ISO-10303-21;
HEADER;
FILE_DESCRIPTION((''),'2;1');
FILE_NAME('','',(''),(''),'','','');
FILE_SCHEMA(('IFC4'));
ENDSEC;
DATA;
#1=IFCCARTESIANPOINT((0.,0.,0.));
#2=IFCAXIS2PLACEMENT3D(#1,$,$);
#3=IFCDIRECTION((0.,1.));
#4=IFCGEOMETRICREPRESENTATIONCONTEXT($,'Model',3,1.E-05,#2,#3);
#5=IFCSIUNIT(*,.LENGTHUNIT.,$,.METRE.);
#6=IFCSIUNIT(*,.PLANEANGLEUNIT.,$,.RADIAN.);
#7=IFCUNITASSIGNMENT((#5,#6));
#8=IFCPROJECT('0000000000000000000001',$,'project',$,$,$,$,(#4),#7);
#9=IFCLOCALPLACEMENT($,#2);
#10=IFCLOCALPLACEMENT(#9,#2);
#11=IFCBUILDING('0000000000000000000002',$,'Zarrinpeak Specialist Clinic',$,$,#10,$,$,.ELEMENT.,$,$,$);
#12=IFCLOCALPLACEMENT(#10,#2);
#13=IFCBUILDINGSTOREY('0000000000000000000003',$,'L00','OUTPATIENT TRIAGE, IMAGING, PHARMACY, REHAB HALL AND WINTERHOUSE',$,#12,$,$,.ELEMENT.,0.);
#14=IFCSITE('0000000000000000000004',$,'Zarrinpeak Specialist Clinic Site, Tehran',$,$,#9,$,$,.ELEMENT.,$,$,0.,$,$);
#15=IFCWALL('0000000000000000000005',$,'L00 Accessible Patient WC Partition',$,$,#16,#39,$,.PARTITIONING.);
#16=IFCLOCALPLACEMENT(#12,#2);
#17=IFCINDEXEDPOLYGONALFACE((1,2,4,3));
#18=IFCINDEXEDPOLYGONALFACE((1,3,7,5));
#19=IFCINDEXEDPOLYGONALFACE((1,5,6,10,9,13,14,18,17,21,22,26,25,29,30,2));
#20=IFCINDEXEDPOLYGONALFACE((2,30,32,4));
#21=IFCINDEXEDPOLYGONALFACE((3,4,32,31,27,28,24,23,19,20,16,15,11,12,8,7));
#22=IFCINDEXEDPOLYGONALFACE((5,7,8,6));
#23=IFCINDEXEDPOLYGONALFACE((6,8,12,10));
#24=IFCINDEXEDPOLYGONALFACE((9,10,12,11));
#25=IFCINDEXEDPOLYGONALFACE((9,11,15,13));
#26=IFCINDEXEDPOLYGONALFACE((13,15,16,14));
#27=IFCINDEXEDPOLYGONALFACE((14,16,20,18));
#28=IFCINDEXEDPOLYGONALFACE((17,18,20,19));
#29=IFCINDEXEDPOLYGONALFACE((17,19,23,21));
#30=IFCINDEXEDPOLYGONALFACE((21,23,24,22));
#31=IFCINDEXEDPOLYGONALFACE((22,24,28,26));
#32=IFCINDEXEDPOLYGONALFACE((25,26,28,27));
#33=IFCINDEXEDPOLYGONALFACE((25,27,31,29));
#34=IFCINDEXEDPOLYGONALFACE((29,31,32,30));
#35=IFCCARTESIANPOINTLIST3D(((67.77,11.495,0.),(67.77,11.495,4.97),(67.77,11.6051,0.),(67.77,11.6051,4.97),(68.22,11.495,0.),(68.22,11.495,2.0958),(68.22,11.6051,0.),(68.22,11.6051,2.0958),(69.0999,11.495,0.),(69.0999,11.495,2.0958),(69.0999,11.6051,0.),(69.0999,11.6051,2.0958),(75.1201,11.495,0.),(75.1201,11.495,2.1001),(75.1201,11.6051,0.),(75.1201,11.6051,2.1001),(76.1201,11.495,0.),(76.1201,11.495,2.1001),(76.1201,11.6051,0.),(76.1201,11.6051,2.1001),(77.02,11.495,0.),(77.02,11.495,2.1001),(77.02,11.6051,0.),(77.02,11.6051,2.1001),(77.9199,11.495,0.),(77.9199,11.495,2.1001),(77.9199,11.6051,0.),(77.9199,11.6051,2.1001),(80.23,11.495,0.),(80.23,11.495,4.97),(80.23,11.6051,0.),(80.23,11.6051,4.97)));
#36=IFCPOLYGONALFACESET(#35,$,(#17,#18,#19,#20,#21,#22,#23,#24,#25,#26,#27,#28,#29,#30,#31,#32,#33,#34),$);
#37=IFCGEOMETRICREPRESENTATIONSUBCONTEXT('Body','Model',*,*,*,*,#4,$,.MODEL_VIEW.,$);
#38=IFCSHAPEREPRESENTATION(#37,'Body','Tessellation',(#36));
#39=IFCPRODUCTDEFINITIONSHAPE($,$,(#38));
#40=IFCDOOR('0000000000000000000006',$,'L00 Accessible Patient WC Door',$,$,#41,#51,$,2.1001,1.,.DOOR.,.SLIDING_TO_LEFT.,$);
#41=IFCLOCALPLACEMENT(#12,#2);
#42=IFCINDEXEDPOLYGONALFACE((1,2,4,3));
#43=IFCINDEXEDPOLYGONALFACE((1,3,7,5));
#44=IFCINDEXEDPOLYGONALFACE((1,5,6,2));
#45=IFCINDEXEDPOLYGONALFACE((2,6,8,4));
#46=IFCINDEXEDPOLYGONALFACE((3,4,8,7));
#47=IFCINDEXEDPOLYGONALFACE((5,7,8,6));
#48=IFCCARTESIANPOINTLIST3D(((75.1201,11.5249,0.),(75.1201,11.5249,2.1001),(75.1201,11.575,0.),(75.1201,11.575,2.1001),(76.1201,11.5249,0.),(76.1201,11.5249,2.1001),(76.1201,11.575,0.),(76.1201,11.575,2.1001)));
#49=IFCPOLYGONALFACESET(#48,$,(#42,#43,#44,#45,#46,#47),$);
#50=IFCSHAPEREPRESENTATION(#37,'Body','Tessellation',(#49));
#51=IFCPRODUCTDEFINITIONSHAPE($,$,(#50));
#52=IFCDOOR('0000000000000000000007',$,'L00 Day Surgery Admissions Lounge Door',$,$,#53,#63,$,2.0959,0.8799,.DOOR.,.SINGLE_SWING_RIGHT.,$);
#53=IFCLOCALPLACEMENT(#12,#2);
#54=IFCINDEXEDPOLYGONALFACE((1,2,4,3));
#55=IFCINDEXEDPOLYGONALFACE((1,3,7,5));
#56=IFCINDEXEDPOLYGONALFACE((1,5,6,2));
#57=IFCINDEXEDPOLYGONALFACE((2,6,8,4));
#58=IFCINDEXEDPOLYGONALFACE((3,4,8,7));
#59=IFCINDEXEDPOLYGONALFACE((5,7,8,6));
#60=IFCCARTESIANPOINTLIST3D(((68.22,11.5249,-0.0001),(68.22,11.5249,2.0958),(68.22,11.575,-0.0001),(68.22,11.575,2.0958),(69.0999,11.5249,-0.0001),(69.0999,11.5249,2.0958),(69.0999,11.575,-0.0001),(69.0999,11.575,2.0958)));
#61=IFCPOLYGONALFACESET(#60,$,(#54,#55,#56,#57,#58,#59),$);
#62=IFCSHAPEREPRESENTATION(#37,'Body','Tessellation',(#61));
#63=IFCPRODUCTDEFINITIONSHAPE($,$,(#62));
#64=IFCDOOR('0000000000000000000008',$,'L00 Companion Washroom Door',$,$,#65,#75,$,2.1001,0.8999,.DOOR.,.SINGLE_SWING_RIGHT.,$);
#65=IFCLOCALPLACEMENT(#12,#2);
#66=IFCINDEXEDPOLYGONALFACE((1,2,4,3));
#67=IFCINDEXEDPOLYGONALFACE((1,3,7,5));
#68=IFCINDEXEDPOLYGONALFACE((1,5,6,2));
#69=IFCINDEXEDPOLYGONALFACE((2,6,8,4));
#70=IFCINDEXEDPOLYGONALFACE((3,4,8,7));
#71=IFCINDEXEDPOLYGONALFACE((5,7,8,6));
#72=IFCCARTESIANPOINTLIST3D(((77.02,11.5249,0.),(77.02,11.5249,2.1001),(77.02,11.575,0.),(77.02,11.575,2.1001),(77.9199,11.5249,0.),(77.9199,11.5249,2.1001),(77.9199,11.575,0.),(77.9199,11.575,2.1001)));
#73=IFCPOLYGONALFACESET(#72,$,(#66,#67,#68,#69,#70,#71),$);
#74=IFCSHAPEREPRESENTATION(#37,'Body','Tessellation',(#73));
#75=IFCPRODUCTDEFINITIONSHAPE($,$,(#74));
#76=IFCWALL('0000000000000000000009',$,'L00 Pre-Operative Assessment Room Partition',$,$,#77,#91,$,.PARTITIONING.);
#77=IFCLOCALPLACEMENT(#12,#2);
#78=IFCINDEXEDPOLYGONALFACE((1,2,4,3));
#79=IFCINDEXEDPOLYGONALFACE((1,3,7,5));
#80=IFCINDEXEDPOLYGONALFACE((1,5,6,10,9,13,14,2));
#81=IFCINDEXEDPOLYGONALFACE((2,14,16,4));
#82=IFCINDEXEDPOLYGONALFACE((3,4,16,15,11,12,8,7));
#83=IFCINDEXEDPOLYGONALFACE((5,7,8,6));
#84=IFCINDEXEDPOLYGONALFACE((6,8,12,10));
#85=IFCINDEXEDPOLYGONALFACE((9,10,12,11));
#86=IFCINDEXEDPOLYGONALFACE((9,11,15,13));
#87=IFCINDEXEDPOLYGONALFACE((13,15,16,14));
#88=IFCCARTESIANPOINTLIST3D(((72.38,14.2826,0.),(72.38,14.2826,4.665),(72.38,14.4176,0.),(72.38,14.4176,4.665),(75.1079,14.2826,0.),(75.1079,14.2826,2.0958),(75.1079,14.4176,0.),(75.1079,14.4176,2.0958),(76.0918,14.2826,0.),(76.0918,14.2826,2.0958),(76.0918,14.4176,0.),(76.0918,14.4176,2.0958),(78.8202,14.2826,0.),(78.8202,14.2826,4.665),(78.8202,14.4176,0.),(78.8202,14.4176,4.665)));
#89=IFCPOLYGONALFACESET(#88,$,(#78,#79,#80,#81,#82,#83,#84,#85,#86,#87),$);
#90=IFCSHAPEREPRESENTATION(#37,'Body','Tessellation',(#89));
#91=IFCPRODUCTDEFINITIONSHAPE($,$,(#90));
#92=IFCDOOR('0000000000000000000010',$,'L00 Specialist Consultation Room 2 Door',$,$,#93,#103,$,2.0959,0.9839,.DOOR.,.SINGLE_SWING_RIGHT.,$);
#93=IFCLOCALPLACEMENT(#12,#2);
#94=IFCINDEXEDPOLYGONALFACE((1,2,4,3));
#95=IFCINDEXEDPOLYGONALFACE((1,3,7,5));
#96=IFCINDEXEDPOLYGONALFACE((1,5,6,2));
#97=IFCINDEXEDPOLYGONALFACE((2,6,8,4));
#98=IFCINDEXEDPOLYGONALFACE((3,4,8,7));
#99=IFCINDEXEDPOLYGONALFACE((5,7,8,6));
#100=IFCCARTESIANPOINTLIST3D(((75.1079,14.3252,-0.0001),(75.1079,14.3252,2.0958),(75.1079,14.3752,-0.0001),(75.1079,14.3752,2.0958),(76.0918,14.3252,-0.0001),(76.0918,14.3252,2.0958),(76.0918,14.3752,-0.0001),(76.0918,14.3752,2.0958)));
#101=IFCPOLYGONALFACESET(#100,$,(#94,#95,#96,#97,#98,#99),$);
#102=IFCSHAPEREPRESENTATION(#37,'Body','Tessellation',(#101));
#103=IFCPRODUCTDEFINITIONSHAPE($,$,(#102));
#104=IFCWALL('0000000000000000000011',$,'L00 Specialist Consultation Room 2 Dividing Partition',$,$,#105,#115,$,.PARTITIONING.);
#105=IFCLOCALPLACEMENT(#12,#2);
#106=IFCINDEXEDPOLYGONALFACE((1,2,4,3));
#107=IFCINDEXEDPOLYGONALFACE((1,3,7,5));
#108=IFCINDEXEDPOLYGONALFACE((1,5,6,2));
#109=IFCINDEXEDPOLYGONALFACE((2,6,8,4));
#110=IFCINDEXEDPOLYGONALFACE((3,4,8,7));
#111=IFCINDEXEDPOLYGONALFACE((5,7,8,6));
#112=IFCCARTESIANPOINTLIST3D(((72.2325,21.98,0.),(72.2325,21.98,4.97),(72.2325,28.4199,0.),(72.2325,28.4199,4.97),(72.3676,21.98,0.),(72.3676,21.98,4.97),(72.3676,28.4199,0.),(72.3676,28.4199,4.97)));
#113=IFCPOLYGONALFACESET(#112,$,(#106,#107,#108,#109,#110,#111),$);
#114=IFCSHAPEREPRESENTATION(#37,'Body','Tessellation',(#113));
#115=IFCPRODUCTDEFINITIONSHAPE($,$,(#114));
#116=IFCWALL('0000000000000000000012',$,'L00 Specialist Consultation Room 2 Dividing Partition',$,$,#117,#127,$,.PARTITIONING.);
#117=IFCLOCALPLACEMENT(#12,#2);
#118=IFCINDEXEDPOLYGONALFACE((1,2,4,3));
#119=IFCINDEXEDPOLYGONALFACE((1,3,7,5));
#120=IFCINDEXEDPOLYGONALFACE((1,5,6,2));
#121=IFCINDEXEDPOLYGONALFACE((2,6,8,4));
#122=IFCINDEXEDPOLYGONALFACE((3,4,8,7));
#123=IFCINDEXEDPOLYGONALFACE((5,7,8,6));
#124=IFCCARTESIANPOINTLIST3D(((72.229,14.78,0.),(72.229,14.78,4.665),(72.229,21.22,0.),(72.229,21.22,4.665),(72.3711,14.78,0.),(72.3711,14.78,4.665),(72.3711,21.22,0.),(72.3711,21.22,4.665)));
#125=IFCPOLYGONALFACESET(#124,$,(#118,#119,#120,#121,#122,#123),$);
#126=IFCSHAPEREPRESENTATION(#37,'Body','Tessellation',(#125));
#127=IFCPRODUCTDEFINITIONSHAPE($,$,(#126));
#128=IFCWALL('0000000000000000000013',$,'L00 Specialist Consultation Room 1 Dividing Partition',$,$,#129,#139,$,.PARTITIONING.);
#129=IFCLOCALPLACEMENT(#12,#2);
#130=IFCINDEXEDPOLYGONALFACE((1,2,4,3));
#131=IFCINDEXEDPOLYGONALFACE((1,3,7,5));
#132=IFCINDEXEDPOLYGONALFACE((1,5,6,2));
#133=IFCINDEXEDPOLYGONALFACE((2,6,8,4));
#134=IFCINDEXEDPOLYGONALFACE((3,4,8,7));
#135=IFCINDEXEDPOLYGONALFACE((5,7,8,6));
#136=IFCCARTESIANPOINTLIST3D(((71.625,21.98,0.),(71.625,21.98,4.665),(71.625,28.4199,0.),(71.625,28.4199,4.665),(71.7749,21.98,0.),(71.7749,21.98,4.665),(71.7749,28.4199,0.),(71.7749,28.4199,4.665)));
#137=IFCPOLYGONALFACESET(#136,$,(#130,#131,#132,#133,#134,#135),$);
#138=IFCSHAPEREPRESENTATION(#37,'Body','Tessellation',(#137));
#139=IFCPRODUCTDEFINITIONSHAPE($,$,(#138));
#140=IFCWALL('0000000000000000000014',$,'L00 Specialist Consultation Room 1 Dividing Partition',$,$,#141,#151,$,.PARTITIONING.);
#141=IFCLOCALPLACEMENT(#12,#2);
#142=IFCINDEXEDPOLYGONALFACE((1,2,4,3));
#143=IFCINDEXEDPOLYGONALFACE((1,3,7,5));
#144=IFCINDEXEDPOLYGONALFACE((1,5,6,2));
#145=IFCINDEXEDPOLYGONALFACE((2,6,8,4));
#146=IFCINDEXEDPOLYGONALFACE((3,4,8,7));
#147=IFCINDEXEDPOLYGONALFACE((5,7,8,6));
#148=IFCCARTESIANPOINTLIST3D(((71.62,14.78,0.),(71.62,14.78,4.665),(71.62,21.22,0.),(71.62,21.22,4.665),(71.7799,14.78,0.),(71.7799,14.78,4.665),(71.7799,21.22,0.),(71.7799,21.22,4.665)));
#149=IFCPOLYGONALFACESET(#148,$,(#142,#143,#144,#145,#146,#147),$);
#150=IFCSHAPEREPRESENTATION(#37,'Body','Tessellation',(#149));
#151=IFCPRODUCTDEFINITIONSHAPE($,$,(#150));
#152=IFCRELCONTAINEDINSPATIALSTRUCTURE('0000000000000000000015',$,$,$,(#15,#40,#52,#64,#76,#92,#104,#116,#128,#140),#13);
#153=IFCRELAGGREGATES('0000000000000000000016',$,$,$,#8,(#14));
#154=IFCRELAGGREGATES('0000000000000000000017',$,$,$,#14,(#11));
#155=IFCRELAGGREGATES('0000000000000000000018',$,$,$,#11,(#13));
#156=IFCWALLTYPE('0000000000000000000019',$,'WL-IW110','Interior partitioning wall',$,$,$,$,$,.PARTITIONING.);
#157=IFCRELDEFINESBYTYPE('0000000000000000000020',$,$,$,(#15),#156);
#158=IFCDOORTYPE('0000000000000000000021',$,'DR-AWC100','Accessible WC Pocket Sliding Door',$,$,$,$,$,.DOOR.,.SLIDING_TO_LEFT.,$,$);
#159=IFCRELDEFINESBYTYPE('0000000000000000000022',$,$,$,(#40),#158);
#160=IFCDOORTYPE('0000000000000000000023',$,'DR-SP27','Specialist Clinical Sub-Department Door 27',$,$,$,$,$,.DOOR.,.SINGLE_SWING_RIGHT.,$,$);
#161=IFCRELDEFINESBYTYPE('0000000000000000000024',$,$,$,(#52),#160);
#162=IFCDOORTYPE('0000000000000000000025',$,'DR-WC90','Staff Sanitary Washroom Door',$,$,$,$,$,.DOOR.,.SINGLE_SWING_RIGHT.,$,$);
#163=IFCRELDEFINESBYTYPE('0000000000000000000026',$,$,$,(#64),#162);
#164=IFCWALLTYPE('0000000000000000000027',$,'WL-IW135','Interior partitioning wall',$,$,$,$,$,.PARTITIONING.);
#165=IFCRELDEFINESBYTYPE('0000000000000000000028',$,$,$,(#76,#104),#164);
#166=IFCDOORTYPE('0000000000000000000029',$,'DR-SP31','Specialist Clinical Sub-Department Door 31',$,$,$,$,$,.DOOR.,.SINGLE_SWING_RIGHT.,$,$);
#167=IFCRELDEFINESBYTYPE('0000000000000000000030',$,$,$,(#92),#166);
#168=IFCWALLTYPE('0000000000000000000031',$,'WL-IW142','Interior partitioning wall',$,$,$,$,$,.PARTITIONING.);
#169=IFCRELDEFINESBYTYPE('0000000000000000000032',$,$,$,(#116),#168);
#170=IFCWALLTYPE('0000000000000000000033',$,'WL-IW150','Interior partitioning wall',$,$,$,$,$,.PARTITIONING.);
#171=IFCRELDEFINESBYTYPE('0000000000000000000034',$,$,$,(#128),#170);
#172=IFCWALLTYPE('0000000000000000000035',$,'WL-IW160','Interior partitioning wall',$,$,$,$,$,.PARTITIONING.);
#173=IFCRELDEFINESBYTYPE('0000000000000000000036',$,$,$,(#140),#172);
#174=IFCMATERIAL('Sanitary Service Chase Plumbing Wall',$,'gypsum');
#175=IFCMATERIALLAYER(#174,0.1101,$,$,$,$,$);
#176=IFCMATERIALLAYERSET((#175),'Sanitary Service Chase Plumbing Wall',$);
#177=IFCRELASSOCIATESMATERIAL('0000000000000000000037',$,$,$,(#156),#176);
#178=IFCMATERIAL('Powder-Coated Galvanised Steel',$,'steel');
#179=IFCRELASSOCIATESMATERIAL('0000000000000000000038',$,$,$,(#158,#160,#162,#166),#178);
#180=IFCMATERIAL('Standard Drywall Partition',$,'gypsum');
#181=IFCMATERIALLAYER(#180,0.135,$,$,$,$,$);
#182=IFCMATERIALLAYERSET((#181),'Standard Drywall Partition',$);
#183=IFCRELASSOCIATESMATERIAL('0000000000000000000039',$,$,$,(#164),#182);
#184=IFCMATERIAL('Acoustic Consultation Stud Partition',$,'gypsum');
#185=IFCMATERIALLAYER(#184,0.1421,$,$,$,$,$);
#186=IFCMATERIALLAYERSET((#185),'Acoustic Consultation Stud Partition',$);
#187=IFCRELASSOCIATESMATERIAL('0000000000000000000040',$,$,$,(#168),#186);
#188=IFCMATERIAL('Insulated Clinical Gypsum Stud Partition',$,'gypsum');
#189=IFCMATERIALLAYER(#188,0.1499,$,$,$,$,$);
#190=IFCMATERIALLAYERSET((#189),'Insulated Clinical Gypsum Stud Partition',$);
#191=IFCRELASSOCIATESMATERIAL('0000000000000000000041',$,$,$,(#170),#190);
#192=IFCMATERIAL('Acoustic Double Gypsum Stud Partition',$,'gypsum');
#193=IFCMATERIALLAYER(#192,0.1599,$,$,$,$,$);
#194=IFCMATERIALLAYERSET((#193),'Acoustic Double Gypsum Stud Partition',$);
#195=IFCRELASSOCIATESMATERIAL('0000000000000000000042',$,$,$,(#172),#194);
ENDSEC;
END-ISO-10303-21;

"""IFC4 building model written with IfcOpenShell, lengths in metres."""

from ifc_helpers import new_model, si_unit, direction, frame, frame_2d, origin, place, context, subcontext, project, spatial, rectangle, extrude, material, layer, layer_set, type_object, element, fill, save


model = new_model("IFC4")

# Units and contexts
model_context = context("Model", 3, precision=1e-05, world=origin(), true_north=direction((0.0, 1.0)))
body_context = subcontext(model_context, "Body", "Model", "MODEL_VIEW")
ifc_project = project(units=[si_unit("LENGTHUNIT", "METRE"), si_unit("PLANEANGLEUNIT", "RADIAN")], contexts=[model_context])

# Site, building, storey
site_placement = place(None, origin())
site = spatial("IfcSite", under=ifc_project, at=site_placement, Name="Zarrinpeak Specialist Clinic Site, Tehran", CompositionType="ELEMENT", RefElevation=0.0)
building_placement = place(site_placement, origin())
building = spatial("IfcBuilding", under=site, at=building_placement, Name="Zarrinpeak Specialist Clinic", CompositionType="ELEMENT")
storey_placement = place(building_placement, origin())
storey = spatial("IfcBuildingStorey", under=building, at=storey_placement, Name="L00", Description="OUTPATIENT TRIAGE, IMAGING, PHARMACY, REHAB HALL AND WINTERHOUSE", CompositionType="ELEMENT", Elevation=0.0)

# Wall, openings, doors
ifc_material_1 = material(Name="Sanitary Service Chase Plumbing Wall", Category="gypsum")
ifc_layer_1 = layer(ifc_material_1, 0.1101)
ifc_layer_set_1 = layer_set([ifc_layer_1], Name="Sanitary Service Chase Plumbing Wall")
wall_type_1 = type_object("IfcWallType", Name="WL-IW110", Description="Interior partitioning wall", PredefinedType="PARTITIONING", material=ifc_layer_set_1)
wall_1_placement = place(storey_placement, frame((67.77, 11.55, 0.0), z_axis=(0.0, 0.0, 1.0), x_axis=(1.0, 0.0, 0.0)))
wall_1 = element("IfcWall", 1, at=wall_1_placement, inside=storey, type_object=wall_type_1, Name="L00 Accessible Patient WC Partition", PredefinedType="PARTITIONING", context=body_context, shape_type="SweptSolid", body=[
    extrude(rectangle(XDim=12.46, YDim=0.1101, at=frame_2d((6.23, 0.0))), origin(), (0.0, 0.0, 1.0), 4.97),
])
opening_1_placement = place(wall_1_placement, frame((7.3501, 0.0, 0.0)))
opening_1 = element("IfcOpeningElement", 2, at=opening_1_placement, cuts=wall_1, PredefinedType="OPENING", context=body_context, shape_type="SweptSolid", body=[
    extrude(rectangle(XDim=1.0, YDim=2.1001, at=frame_2d((0.5, 1.05))), frame((0.0, 0.0649, 0.0), z_axis=(0.0, -1.0, 0.0), x_axis=(1.0, 0.0, 0.0)), (0.0, 0.0, 1.0), 0.1301),
])
opening_2_placement = place(wall_1_placement, frame((9.25, 0.0, 0.0)))
opening_2 = element("IfcOpeningElement", 3, at=opening_2_placement, cuts=wall_1, PredefinedType="OPENING", context=body_context, shape_type="SweptSolid", body=[
    extrude(rectangle(XDim=0.8999, YDim=2.1001, at=frame_2d((0.45, 1.05))), frame((0.0, 0.0649, 0.0), z_axis=(0.0, -1.0, 0.0), x_axis=(1.0, 0.0, 0.0)), (0.0, 0.0, 1.0), 0.1301),
])
opening_3_placement = place(wall_1_placement, frame((0.45, 0.0, 0.0)))
opening_3 = element("IfcOpeningElement", 4, at=opening_3_placement, cuts=wall_1, PredefinedType="OPENING", context=body_context, shape_type="SweptSolid", body=[
    extrude(rectangle(XDim=0.8799, YDim=2.0959, at=frame_2d((0.4399, 1.0479))), frame((0.0, 0.0649, 0.0), z_axis=(0.0, -1.0, 0.0), x_axis=(1.0, 0.0, 0.0)), (0.0, 0.0, 1.0), 0.1301),
])
ifc_material_2 = material(Name="Powder-Coated Galvanised Steel", Category="steel")
door_type_1 = type_object("IfcDoorType", Name="DR-AWC100", Description="Accessible WC Pocket Sliding Door", OperationType="SLIDING_TO_LEFT", PredefinedType="DOOR", material=ifc_material_2)
door_1_placement = place(opening_1_placement, origin())
door_1 = element("IfcDoor", 5, at=door_1_placement, inside=storey, type_object=door_type_1, Name="L00 Accessible Patient WC Door", OperationType="SLIDING_TO_LEFT", OverallHeight=2.1001, OverallWidth=1.0, PredefinedType="DOOR", context=body_context, shape_type="SweptSolid", body=[
    extrude(rectangle(XDim=1.0, YDim=2.1001, at=frame_2d((0.5, 1.05))), frame((0.0, 0.0249, 0.0), z_axis=(0.0, -1.0, 0.0), x_axis=(1.0, 0.0, 0.0)), (0.0, 0.0, 1.0), 0.05),
])
fill(opening_1, door_1)
door_type_2 = type_object("IfcDoorType", Name="DR-SP27", Description="Specialist Clinical Sub-Department Door 27", OperationType="SINGLE_SWING_RIGHT", PredefinedType="DOOR", material=ifc_material_2)
door_2_placement = place(opening_3_placement, origin())
door_2 = element("IfcDoor", 6, at=door_2_placement, inside=storey, type_object=door_type_2, Name="L00 Day Surgery Admissions Lounge Door", OperationType="SINGLE_SWING_RIGHT", OverallHeight=2.0959, OverallWidth=0.8799, PredefinedType="DOOR", context=body_context, shape_type="SweptSolid", body=[
    extrude(rectangle(XDim=0.8799, YDim=2.0959, at=frame_2d((0.4399, 1.0479))), frame((0.0, 0.0249, 0.0), z_axis=(0.0, -1.0, 0.0), x_axis=(1.0, 0.0, 0.0)), (0.0, 0.0, 1.0), 0.05),
])
fill(opening_3, door_2)
door_type_3 = type_object("IfcDoorType", Name="DR-WC90", Description="Staff Sanitary Washroom Door", OperationType="SINGLE_SWING_RIGHT", PredefinedType="DOOR", material=ifc_material_2)
door_3_placement = place(opening_2_placement, origin())
door_3 = element("IfcDoor", 7, at=door_3_placement, inside=storey, type_object=door_type_3, Name="L00 Companion Washroom Door", OperationType="SINGLE_SWING_RIGHT", OverallHeight=2.1001, OverallWidth=0.8999, PredefinedType="DOOR", context=body_context, shape_type="SweptSolid", body=[
    extrude(rectangle(XDim=0.8999, YDim=2.1001, at=frame_2d((0.45, 1.05))), frame((0.0, 0.0249, 0.0), z_axis=(0.0, -1.0, 0.0), x_axis=(1.0, 0.0, 0.0)), (0.0, 0.0, 1.0), 0.05),
])
fill(opening_2, door_3)

# Wall, opening, door
ifc_material_3 = material(Name="Standard Drywall Partition", Category="gypsum")
ifc_layer_2 = layer(ifc_material_3, 0.135)
ifc_layer_set_2 = layer_set([ifc_layer_2], Name="Standard Drywall Partition")
wall_type_2 = type_object("IfcWallType", Name="WL-IW135", Description="Interior partitioning wall", PredefinedType="PARTITIONING", material=ifc_layer_set_2)
wall_2_placement = place(storey_placement, frame((72.3799, 14.3501, 0.0), z_axis=(0.0, 0.0, 1.0), x_axis=(1.0, 0.0, 0.0)))
wall_2 = element("IfcWall", 8, at=wall_2_placement, inside=storey, type_object=wall_type_2, Name="L00 Pre-Operative Assessment Room Partition", PredefinedType="PARTITIONING", context=body_context, shape_type="SweptSolid", body=[
    extrude(rectangle(XDim=6.4402, YDim=0.135, at=frame_2d((3.2202, 0.0))), origin(), (0.0, 0.0, 1.0), 4.665),
])
opening_4_placement = place(wall_2_placement, frame((2.728, 0.0, 0.0)))
opening_4 = element("IfcOpeningElement", 9, at=opening_4_placement, cuts=wall_2, PredefinedType="OPENING", context=body_context, shape_type="SweptSolid", body=[
    extrude(rectangle(XDim=0.9839, YDim=2.0959, at=frame_2d((0.4919, 1.0479))), frame((0.0, 0.0776, 0.0), z_axis=(0.0, -1.0, 0.0), x_axis=(1.0, 0.0, 0.0)), (0.0, 0.0, 1.0), 0.155),
])
door_type_4 = type_object("IfcDoorType", Name="DR-SP31", Description="Specialist Clinical Sub-Department Door 31", OperationType="SINGLE_SWING_RIGHT", PredefinedType="DOOR", material=ifc_material_2)
door_4_placement = place(opening_4_placement, frame((0.9839, 0.0, 0.0), z_axis=(0.0, 0.0, 1.0), x_axis=(-1.0, 0.0, 0.0)))
door_4 = element("IfcDoor", 10, at=door_4_placement, inside=storey, type_object=door_type_4, Name="L00 Specialist Consultation Room 2 Door", OperationType="SINGLE_SWING_RIGHT", OverallHeight=2.0959, OverallWidth=0.9839, PredefinedType="DOOR", context=body_context, shape_type="SweptSolid", body=[
    extrude(rectangle(XDim=0.9839, YDim=2.0959, at=frame_2d((0.4919, 1.0479))), frame((0.0, 0.0249, 0.0), z_axis=(0.0, -1.0, 0.0), x_axis=(1.0, 0.0, 0.0)), (0.0, 0.0, 1.0), 0.05),
])
fill(opening_4, door_4)

# Walls
wall_3_placement = place(storey_placement, frame((72.3, 21.98, 0.0), z_axis=(0.0, 0.0, 1.0), x_axis=(0.0, 1.0, 0.0)))
element("IfcWall", 11, at=wall_3_placement, inside=storey, type_object=wall_type_2, Name="L00 Specialist Consultation Room 2 Dividing Partition", PredefinedType="PARTITIONING", context=body_context, shape_type="SweptSolid", body=[
    extrude(rectangle(XDim=6.4399, YDim=0.135, at=frame_2d((3.22, 0.0))), origin(), (0.0, 0.0, 1.0), 4.97),
])
ifc_material_4 = material(Name="Acoustic Consultation Stud Partition", Category="gypsum")
ifc_layer_3 = layer(ifc_material_4, 0.1421)
ifc_layer_set_3 = layer_set([ifc_layer_3], Name="Acoustic Consultation Stud Partition")
wall_type_3 = type_object("IfcWallType", Name="WL-IW142", Description="Interior partitioning wall", PredefinedType="PARTITIONING", material=ifc_layer_set_3)
wall_4_placement = place(storey_placement, frame((72.3, 14.78, 0.0), z_axis=(0.0, 0.0, 1.0), x_axis=(0.0, 1.0, 0.0)))
element("IfcWall", 12, at=wall_4_placement, inside=storey, type_object=wall_type_3, Name="L00 Specialist Consultation Room 2 Dividing Partition", PredefinedType="PARTITIONING", context=body_context, shape_type="SweptSolid", body=[
    extrude(rectangle(XDim=6.4399, YDim=0.1421, at=frame_2d((3.22, 0.0))), origin(), (0.0, 0.0, 1.0), 4.665),
])
ifc_material_5 = material(Name="Insulated Clinical Gypsum Stud Partition", Category="gypsum")
ifc_layer_4 = layer(ifc_material_5, 0.1499)
ifc_layer_set_4 = layer_set([ifc_layer_4], Name="Insulated Clinical Gypsum Stud Partition")
wall_type_4 = type_object("IfcWallType", Name="WL-IW150", Description="Interior partitioning wall", PredefinedType="PARTITIONING", material=ifc_layer_set_4)
wall_5_placement = place(storey_placement, frame((71.7, 21.98, 0.0), z_axis=(0.0, 0.0, 1.0), x_axis=(0.0, 1.0, 0.0)))
element("IfcWall", 13, at=wall_5_placement, inside=storey, type_object=wall_type_4, Name="L00 Specialist Consultation Room 1 Dividing Partition", PredefinedType="PARTITIONING", context=body_context, shape_type="SweptSolid", body=[
    extrude(rectangle(XDim=6.4399, YDim=0.1499, at=frame_2d((3.22, 0.0))), origin(), (0.0, 0.0, 1.0), 4.665),
])
ifc_material_6 = material(Name="Acoustic Double Gypsum Stud Partition", Category="gypsum")
ifc_layer_5 = layer(ifc_material_6, 0.1599)
ifc_layer_set_5 = layer_set([ifc_layer_5], Name="Acoustic Double Gypsum Stud Partition")
wall_type_5 = type_object("IfcWallType", Name="WL-IW160", Description="Interior partitioning wall", PredefinedType="PARTITIONING", material=ifc_layer_set_5)
wall_6_placement = place(storey_placement, frame((71.7, 14.78, 0.0), z_axis=(0.0, 0.0, 1.0), x_axis=(0.0, 1.0, 0.0)))
element("IfcWall", 14, at=wall_6_placement, inside=storey, type_object=wall_type_5, Name="L00 Specialist Consultation Room 1 Dividing Partition", PredefinedType="PARTITIONING", context=body_context, shape_type="SweptSolid", body=[
    extrude(rectangle(XDim=6.4399, YDim=0.1599, at=frame_2d((3.22, 0.0))), origin(), (0.0, 0.0, 1.0), 4.665),
])

save(model, "model.ifc")
